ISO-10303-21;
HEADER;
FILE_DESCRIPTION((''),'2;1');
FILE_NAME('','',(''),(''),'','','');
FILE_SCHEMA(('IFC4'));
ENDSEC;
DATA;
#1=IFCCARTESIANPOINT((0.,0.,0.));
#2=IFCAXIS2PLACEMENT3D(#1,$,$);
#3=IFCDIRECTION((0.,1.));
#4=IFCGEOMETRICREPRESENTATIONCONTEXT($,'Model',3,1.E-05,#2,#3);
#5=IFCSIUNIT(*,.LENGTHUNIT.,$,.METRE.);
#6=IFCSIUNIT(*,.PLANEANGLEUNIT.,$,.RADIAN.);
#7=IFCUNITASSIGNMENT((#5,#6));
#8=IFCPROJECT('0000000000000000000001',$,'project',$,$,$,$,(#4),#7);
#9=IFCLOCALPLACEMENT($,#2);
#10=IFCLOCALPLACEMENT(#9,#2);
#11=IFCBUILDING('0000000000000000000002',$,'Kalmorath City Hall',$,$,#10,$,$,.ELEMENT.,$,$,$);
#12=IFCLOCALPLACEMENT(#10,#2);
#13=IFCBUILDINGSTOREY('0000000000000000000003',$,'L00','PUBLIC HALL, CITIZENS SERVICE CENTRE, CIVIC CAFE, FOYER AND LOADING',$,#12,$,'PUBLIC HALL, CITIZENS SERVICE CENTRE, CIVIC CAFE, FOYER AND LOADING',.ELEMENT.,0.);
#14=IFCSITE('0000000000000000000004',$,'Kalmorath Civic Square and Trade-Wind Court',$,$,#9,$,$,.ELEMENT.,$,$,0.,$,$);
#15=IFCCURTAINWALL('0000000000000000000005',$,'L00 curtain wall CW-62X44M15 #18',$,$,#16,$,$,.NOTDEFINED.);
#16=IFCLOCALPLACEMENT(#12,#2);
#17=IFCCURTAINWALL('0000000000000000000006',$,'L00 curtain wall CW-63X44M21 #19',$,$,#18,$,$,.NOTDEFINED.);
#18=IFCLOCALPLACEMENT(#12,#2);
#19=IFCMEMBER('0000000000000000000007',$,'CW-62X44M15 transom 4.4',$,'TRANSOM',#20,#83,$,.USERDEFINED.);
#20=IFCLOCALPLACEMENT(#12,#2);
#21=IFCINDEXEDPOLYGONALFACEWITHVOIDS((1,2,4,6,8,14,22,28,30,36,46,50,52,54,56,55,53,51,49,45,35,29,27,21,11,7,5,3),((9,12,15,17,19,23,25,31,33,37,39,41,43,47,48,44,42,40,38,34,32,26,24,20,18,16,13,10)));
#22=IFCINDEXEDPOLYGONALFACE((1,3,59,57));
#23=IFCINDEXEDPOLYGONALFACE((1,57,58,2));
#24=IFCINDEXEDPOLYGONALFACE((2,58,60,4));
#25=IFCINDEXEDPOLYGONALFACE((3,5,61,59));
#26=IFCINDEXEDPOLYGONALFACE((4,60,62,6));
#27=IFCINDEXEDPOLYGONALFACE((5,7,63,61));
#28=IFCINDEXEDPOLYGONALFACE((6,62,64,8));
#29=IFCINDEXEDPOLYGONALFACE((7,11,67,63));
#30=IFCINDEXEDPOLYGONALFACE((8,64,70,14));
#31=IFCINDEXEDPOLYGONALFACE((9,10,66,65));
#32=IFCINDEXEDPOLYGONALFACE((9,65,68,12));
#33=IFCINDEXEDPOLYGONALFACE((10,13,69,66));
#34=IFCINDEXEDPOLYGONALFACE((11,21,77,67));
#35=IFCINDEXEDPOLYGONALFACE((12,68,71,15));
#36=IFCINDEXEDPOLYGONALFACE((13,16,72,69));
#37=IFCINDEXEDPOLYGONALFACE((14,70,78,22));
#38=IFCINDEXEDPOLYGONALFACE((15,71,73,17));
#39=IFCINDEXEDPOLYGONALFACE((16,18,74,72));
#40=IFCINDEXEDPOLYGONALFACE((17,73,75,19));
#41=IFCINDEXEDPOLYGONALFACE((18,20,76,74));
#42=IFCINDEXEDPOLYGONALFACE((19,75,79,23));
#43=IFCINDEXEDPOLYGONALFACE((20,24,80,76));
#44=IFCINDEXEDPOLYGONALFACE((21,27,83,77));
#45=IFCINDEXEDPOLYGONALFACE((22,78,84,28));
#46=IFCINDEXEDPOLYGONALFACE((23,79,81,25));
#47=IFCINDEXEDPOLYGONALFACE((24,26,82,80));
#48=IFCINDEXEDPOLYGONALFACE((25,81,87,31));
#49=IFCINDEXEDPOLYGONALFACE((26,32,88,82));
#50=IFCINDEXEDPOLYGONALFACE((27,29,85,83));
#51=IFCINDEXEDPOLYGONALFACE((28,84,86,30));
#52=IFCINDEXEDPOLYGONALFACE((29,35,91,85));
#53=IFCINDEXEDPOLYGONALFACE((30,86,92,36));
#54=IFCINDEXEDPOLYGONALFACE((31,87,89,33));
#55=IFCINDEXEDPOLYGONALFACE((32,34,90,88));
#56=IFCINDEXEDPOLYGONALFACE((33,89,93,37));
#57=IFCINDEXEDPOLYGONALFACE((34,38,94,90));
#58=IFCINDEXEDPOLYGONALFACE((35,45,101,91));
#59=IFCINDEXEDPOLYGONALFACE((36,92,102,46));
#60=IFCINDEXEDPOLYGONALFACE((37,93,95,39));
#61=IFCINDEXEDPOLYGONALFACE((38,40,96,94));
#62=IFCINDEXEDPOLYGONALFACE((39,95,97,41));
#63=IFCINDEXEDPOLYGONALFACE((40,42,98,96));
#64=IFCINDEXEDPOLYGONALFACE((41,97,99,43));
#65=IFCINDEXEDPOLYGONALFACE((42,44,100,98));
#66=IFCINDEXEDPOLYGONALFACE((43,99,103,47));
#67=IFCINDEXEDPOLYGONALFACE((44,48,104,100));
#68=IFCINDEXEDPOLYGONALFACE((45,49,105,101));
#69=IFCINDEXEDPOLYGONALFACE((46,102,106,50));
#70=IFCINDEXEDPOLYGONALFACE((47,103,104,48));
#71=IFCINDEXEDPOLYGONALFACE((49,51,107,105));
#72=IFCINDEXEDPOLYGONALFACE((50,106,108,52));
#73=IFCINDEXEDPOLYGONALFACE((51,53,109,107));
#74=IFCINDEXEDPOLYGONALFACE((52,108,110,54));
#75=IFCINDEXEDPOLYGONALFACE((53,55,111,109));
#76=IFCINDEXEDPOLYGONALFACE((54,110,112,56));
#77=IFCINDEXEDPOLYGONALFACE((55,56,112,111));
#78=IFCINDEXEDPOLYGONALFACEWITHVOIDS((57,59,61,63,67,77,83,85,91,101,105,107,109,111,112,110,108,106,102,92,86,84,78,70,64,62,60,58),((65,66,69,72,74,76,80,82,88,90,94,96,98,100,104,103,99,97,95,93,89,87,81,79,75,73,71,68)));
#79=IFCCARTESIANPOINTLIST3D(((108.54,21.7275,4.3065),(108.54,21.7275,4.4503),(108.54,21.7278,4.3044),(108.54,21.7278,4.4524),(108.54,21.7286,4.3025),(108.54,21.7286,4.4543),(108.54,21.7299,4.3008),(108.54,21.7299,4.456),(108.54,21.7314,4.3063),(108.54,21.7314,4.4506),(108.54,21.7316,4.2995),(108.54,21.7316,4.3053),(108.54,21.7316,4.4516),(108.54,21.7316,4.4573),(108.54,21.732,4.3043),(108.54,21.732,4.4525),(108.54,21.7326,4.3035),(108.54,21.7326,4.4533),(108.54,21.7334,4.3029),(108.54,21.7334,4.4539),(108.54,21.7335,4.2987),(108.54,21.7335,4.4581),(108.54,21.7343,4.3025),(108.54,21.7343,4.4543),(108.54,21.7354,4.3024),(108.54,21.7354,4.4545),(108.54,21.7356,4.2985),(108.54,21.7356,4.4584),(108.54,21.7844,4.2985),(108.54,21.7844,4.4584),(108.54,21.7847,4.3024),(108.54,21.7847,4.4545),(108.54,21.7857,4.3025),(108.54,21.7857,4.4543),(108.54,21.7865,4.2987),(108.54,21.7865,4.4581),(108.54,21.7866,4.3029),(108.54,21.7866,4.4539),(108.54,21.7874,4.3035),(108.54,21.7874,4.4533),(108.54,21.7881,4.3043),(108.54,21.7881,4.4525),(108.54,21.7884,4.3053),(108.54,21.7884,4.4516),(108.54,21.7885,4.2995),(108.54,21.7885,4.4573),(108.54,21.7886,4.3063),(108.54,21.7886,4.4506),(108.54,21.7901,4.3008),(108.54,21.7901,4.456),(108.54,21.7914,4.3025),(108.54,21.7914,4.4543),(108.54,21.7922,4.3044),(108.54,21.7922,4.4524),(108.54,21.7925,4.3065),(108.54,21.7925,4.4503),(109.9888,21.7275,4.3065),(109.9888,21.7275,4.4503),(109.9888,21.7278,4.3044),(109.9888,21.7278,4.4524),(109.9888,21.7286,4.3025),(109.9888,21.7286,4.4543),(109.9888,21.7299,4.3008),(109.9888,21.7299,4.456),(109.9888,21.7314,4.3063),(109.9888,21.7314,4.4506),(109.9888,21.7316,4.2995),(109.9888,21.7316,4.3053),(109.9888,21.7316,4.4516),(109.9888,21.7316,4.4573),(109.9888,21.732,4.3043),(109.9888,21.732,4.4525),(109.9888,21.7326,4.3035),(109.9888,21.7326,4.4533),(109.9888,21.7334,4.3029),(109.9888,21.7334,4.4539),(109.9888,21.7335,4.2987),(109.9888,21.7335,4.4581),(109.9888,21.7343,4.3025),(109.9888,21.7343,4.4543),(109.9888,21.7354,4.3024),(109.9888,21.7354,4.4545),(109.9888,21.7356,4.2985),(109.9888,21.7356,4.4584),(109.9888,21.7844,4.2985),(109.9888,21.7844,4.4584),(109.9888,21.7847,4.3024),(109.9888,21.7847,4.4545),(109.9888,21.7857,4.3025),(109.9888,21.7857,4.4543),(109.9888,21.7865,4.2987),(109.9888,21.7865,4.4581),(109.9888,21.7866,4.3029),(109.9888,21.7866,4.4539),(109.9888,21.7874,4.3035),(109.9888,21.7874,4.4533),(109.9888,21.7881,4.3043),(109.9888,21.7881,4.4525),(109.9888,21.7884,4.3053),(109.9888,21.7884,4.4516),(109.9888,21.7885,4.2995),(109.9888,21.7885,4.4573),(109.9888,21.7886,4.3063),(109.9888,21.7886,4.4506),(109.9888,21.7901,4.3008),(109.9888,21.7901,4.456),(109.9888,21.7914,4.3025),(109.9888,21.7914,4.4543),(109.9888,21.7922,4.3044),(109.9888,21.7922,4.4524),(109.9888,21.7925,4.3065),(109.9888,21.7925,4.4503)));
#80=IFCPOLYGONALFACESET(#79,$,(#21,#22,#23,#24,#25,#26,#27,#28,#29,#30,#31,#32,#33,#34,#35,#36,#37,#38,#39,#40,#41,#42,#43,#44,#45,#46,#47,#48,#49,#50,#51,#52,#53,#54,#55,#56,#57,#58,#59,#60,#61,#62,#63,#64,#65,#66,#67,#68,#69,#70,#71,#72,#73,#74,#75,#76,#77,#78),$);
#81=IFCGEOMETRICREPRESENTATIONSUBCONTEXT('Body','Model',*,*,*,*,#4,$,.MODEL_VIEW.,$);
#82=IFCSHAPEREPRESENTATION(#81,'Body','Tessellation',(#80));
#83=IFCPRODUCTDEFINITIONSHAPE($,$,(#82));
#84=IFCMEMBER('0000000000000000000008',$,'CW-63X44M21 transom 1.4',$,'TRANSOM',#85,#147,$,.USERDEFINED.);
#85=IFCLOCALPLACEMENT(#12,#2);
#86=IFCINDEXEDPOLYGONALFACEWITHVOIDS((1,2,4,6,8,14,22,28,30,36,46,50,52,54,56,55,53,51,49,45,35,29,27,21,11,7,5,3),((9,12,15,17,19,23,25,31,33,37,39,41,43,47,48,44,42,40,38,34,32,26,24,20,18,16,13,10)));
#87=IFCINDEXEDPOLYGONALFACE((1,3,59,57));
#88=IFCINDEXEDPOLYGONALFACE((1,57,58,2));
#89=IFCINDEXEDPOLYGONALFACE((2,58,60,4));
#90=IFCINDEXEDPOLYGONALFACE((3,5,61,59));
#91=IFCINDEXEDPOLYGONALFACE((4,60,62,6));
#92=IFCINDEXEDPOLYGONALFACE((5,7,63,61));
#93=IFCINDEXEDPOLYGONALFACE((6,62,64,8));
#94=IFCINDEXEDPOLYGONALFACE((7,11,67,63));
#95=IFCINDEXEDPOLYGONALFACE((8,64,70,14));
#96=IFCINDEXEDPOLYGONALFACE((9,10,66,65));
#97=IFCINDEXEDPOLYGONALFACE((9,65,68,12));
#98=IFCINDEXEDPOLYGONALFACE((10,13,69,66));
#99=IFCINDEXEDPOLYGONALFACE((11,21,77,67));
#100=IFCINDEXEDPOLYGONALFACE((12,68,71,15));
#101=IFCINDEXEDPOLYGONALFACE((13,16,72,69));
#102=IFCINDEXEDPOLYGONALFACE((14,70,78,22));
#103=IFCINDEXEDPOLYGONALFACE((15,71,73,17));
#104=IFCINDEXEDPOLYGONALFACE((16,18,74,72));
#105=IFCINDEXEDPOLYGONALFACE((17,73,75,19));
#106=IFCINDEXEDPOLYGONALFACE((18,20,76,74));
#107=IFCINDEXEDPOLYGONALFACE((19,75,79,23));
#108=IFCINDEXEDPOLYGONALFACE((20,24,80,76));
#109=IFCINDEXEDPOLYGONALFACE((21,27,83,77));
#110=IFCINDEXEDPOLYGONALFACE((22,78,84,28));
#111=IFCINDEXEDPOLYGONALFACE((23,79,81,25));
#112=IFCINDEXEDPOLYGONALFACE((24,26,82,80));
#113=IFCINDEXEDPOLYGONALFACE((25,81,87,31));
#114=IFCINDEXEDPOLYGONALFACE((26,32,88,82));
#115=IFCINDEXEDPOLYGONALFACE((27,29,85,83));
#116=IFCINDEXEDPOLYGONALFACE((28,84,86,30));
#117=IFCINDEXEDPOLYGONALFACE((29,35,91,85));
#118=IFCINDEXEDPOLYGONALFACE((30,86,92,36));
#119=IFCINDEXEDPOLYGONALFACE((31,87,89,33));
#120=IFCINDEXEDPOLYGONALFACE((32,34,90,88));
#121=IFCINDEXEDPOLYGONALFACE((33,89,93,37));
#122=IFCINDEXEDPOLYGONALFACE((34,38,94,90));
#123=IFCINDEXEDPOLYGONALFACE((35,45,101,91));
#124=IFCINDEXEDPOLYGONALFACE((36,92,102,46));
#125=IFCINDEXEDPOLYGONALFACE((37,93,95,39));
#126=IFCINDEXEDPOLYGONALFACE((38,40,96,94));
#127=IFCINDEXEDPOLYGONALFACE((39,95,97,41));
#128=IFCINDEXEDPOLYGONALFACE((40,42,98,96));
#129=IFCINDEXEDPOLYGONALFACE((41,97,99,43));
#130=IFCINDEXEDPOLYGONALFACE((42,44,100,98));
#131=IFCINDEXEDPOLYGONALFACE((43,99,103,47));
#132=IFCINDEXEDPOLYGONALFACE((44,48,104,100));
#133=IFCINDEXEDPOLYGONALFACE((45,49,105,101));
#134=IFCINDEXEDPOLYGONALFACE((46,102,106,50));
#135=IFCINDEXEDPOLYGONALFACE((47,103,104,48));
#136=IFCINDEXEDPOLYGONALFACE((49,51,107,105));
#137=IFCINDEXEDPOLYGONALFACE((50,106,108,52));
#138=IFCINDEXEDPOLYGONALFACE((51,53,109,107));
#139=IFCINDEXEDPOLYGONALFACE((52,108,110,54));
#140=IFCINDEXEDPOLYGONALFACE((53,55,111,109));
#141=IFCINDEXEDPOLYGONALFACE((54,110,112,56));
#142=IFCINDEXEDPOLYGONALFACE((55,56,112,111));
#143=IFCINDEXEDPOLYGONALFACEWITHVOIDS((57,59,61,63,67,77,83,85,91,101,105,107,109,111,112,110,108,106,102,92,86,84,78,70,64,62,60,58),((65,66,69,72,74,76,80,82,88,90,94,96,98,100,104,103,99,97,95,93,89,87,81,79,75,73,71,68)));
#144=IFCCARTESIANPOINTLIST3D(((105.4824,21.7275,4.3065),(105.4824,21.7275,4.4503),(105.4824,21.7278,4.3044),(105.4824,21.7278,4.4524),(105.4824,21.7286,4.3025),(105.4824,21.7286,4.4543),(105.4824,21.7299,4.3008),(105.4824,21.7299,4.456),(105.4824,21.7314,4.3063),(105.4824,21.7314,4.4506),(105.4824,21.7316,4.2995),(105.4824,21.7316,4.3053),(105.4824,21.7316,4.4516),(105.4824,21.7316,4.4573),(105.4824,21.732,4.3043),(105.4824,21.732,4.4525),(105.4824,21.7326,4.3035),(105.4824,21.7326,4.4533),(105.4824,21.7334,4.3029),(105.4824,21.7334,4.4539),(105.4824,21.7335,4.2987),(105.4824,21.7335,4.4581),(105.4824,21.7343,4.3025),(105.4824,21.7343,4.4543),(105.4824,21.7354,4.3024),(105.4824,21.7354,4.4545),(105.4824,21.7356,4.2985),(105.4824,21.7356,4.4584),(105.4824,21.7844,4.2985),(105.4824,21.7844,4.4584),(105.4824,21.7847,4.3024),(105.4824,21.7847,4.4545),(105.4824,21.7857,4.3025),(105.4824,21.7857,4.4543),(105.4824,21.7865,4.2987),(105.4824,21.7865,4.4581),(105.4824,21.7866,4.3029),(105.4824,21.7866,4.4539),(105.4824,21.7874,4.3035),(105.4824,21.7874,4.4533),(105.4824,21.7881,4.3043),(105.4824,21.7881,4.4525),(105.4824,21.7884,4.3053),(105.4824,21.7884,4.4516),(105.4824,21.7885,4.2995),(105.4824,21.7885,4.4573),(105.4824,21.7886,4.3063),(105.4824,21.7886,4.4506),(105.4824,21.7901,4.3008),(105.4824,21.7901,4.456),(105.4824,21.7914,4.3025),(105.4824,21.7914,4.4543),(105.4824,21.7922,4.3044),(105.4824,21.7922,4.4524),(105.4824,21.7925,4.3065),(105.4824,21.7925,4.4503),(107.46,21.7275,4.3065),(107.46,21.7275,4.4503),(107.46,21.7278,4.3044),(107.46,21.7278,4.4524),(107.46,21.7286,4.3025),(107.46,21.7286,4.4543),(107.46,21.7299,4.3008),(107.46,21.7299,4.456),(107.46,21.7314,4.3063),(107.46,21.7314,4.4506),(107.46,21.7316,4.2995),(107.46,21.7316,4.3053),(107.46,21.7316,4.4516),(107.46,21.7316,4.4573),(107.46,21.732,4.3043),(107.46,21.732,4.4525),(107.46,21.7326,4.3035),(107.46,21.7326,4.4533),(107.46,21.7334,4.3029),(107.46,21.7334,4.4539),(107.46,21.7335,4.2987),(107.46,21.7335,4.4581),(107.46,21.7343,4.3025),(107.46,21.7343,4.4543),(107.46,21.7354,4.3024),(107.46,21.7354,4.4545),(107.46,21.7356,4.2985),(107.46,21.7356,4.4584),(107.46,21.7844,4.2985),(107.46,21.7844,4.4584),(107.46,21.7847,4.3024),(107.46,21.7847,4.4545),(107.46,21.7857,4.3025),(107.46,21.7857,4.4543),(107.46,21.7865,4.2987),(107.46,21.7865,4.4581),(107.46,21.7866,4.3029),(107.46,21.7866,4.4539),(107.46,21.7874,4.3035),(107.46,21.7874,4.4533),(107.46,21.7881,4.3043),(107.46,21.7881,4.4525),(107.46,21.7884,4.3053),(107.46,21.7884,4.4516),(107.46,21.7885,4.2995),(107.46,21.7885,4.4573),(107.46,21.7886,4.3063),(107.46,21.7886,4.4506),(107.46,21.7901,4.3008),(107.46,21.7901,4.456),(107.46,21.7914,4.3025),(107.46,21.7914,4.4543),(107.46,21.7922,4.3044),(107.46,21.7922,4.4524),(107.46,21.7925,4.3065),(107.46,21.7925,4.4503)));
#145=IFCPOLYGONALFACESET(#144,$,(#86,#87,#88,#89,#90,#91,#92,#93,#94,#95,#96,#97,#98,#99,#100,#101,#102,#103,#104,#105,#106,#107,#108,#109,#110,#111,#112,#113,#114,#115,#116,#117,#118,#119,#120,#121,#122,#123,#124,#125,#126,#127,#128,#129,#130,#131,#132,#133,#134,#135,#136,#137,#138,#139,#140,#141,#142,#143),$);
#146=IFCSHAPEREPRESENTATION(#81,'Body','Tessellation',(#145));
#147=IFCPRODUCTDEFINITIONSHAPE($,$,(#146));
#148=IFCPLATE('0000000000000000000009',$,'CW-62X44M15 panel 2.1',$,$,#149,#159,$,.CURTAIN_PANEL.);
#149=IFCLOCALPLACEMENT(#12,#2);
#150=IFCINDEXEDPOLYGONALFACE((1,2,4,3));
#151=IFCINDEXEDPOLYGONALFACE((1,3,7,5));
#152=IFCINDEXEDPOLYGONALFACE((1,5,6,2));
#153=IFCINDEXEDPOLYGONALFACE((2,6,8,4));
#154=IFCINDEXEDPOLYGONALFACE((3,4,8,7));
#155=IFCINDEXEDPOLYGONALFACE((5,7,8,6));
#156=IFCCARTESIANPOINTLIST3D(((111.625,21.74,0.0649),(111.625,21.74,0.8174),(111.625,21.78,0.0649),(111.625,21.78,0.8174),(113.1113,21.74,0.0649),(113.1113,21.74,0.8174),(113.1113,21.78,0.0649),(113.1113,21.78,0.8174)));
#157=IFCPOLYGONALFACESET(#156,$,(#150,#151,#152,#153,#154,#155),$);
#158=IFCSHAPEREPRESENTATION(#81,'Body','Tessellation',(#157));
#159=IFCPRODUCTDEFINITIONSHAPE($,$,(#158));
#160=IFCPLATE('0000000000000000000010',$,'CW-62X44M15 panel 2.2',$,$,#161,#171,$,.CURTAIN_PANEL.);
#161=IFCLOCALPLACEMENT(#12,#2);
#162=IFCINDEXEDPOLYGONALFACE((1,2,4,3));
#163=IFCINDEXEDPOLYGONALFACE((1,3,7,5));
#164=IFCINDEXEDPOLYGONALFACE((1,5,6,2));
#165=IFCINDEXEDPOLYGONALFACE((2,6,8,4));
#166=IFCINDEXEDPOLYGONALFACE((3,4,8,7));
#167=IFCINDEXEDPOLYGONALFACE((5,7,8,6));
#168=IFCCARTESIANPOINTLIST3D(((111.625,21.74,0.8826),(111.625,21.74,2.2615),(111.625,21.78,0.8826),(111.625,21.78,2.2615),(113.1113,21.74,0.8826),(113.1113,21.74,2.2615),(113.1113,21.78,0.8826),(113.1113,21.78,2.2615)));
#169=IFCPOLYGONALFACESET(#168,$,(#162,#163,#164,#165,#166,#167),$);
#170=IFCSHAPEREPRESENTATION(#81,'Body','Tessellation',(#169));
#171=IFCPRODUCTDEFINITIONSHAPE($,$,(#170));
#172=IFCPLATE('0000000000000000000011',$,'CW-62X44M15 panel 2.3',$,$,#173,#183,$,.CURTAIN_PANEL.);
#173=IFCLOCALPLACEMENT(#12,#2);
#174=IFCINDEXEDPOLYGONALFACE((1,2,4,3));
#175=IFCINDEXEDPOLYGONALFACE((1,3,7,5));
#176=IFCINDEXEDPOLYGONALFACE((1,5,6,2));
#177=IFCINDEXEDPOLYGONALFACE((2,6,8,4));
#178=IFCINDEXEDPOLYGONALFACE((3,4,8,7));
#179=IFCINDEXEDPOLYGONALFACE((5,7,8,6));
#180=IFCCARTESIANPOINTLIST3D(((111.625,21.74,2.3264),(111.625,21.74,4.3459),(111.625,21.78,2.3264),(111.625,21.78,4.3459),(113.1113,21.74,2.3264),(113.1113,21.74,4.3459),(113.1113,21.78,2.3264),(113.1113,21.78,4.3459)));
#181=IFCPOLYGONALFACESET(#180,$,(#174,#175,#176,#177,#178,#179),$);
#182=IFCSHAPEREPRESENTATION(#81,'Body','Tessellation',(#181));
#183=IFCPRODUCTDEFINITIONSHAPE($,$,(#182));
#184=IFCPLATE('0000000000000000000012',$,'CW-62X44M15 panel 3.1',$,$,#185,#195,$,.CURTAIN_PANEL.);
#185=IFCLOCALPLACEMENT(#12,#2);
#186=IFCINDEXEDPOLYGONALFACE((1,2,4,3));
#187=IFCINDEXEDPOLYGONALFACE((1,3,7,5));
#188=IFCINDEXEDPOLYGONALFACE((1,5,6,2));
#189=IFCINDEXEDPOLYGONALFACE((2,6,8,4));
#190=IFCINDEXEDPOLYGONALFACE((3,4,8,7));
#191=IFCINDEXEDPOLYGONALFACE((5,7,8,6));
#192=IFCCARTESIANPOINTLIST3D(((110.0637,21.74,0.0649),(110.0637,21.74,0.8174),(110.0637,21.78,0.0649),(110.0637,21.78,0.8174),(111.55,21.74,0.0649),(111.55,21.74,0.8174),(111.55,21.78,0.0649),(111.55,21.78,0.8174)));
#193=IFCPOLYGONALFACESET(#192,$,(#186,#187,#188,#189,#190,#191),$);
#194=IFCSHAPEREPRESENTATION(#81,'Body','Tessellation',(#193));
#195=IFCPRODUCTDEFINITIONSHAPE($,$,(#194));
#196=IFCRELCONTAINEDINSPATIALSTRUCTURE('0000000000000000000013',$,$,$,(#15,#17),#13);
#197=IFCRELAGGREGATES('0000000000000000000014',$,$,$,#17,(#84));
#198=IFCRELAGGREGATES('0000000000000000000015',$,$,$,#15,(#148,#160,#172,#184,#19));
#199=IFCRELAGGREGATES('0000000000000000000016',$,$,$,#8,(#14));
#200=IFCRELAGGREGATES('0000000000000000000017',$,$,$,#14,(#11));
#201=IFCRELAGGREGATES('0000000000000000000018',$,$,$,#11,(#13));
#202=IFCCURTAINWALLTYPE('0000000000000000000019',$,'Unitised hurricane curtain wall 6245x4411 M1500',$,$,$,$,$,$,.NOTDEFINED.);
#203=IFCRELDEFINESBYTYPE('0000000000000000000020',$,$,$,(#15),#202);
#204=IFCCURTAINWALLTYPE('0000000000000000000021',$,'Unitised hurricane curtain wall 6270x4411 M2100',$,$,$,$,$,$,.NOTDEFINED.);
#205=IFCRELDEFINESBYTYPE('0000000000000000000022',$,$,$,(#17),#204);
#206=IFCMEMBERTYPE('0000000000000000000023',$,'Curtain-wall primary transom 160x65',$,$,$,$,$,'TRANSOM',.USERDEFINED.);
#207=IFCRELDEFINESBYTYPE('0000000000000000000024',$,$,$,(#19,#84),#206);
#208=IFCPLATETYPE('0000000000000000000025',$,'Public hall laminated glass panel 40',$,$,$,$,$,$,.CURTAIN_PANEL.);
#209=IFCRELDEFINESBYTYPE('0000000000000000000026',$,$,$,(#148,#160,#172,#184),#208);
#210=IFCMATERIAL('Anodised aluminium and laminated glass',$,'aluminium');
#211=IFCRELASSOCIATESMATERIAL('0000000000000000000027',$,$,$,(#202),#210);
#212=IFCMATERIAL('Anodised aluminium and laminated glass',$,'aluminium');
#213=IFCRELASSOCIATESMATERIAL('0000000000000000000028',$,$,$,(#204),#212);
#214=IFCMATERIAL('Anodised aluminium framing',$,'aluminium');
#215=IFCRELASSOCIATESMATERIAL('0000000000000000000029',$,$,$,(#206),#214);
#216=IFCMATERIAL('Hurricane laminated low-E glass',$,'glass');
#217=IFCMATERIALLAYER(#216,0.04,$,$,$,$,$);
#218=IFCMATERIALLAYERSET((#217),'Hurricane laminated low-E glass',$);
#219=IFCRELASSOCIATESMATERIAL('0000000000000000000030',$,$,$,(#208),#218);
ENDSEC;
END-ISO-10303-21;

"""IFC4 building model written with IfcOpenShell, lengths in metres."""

from ifc_helpers import new_model, si_unit, direction, frame, origin, origin_2d, place, context, subcontext, project, spatial, rectangle, hollow_rectangle, extrude, material, layer, layer_set, material_profile, profile_set, type_object, element, aggregate, save


model = new_model("IFC4")

# Units and contexts
model_context = context("Model", 3, precision=1e-05, world=origin(), true_north=direction((0.0, 1.0)))
body_context = subcontext(model_context, "Body", "Model", "MODEL_VIEW")
ifc_project = project(units=[si_unit("LENGTHUNIT", "METRE"), si_unit("PLANEANGLEUNIT", "RADIAN")], contexts=[model_context])

# Site, building, storey
site_placement = place(None, origin())
site = spatial("IfcSite", under=ifc_project, at=site_placement, Name="Kalmorath Civic Square and Trade-Wind Court", CompositionType="ELEMENT", RefElevation=0.0)
building_placement = place(site_placement, origin())
building = spatial("IfcBuilding", under=site, at=building_placement, Name="Kalmorath City Hall", CompositionType="ELEMENT")
storey_placement = place(building_placement, origin())
storey = spatial("IfcBuildingStorey", under=building, at=storey_placement, Name="L00", Description="PUBLIC HALL, CITIZENS SERVICE CENTRE, CIVIC CAFE, FOYER AND LOADING", LongName="PUBLIC HALL, CITIZENS SERVICE CENTRE, CIVIC CAFE, FOYER AND LOADING", CompositionType="ELEMENT", Elevation=0.0)

# Curtain wall
ifc_material_1 = material(Name="Anodised aluminium and laminated glass", Category="aluminium")
curtain_wall_type_1 = type_object("IfcCurtainWallType", Name="Unitised hurricane curtain wall 6245x4411 M1500", PredefinedType="NOTDEFINED", material=ifc_material_1)
curtain_wall_1_placement = place(storey_placement, origin())
curtain_wall_1 = element("IfcCurtainWall", 1, at=curtain_wall_1_placement, inside=storey, type_object=curtain_wall_type_1, Name="L00 curtain wall CW-62X44M15 #18", PredefinedType="NOTDEFINED")

# Curtain wall
ifc_material_2 = material(Name="Anodised aluminium and laminated glass", Category="aluminium")
curtain_wall_type_2 = type_object("IfcCurtainWallType", Name="Unitised hurricane curtain wall 6270x4411 M2100", PredefinedType="NOTDEFINED", material=ifc_material_2)
curtain_wall_2_placement = place(storey_placement, origin())
curtain_wall_2 = element("IfcCurtainWall", 2, at=curtain_wall_2_placement, inside=storey, type_object=curtain_wall_type_2, Name="L00 curtain wall CW-63X44M21 #19", PredefinedType="NOTDEFINED")

# Members
ifc_material_3 = material(Name="Anodised aluminium framing", Category="aluminium")
ifc_material_profile_1 = material_profile(ifc_material_3, hollow_rectangle(XDim=0.0649, YDim=0.1599, WallThickness=0.0039, InnerFilletRadius=0.0039, OuterFilletRadius=0.0081, at=origin_2d()), Name="ALU-TRN-160X65X4")
ifc_profile_set_1 = profile_set([ifc_material_profile_1], Name="Anodised aluminium framing")
member_type_1 = type_object("IfcMemberType", Name="Curtain-wall primary transom 160x65", ElementType="TRANSOM", PredefinedType="USERDEFINED", material=ifc_profile_set_1)
member_1_placement = place(storey_placement, frame((109.9888, 21.76, 4.3784), z_axis=(-1.0, 0.0, 0.0), x_axis=(0.0, -1.0, 0.0)))
member_1 = element("IfcMember", 3, at=member_1_placement, type_object=member_type_1, Name="CW-62X44M15 transom 4.4", ObjectType="TRANSOM", PredefinedType="USERDEFINED", context=body_context, shape_type="SweptSolid", body=[
    extrude(hollow_rectangle(XDim=0.0649, YDim=0.1599, WallThickness=0.0039, InnerFilletRadius=0.0039, OuterFilletRadius=0.0081, at=origin_2d()), origin(), (0.0, 0.0, 1.0), 1.4487),
])
member_2_placement = place(storey_placement, frame((107.46, 21.76, 4.3784), z_axis=(-1.0, 0.0, 0.0), x_axis=(0.0, -1.0, 0.0)))
member_2 = element("IfcMember", 4, at=member_2_placement, type_object=member_type_1, Name="CW-63X44M21 transom 1.4", ObjectType="TRANSOM", PredefinedType="USERDEFINED", context=body_context, shape_type="SweptSolid", body=[
    extrude(hollow_rectangle(XDim=0.0649, YDim=0.1599, WallThickness=0.0039, InnerFilletRadius=0.0039, OuterFilletRadius=0.0081, at=origin_2d()), origin(), (0.0, 0.0, 1.0), 1.9775),
])
aggregate(curtain_wall_2, [member_2])

# Plates
ifc_material_4 = material(Name="Hurricane laminated low-E glass", Category="glass")
ifc_layer = layer(ifc_material_4, 0.04)
ifc_layer_set = layer_set([ifc_layer], Name="Hurricane laminated low-E glass")
plate_type = type_object("IfcPlateType", Name="Public hall laminated glass panel 40", PredefinedType="CURTAIN_PANEL", material=ifc_layer_set)
plate_1_placement = place(storey_placement, frame((112.3682, 21.76, 0.0649), z_axis=(0.0, 0.0, 1.0), x_axis=(-1.0, 0.0, 0.0)))
plate_1 = element("IfcPlate", 5, at=plate_1_placement, type_object=plate_type, Name="CW-62X44M15 panel 2.1", PredefinedType="CURTAIN_PANEL", context=body_context, shape_type="SweptSolid", body=[
    extrude(rectangle(XDim=1.4863, YDim=0.04, at=origin_2d()), origin(), (0.0, 0.0, 1.0), 0.7524),
])
plate_2_placement = place(storey_placement, frame((112.3682, 21.76, 0.8826), z_axis=(0.0, 0.0, 1.0), x_axis=(-1.0, 0.0, 0.0)))
plate_2 = element("IfcPlate", 6, at=plate_2_placement, type_object=plate_type, Name="CW-62X44M15 panel 2.2", PredefinedType="CURTAIN_PANEL", context=body_context, shape_type="SweptSolid", body=[
    extrude(rectangle(XDim=1.4863, YDim=0.04, at=origin_2d()), origin(), (0.0, 0.0, 1.0), 1.3789),
])
plate_3_placement = place(storey_placement, frame((112.3682, 21.76, 2.3264), z_axis=(0.0, 0.0, 1.0), x_axis=(-1.0, 0.0, 0.0)))
plate_3 = element("IfcPlate", 7, at=plate_3_placement, type_object=plate_type, Name="CW-62X44M15 panel 2.3", PredefinedType="CURTAIN_PANEL", context=body_context, shape_type="SweptSolid", body=[
    extrude(rectangle(XDim=1.4863, YDim=0.04, at=origin_2d()), origin(), (0.0, 0.0, 1.0), 2.0195),
])
plate_4_placement = place(storey_placement, frame((110.8069, 21.76, 0.0649), z_axis=(0.0, 0.0, 1.0), x_axis=(-1.0, 0.0, 0.0)))
plate_4 = element("IfcPlate", 8, at=plate_4_placement, type_object=plate_type, Name="CW-62X44M15 panel 3.1", PredefinedType="CURTAIN_PANEL", context=body_context, shape_type="SweptSolid", body=[
    extrude(rectangle(XDim=1.4863, YDim=0.04, at=origin_2d()), origin(), (0.0, 0.0, 1.0), 0.7524),
])
aggregate(curtain_wall_1, [plate_1, plate_2, plate_3, plate_4, member_1])

save(model, "model.ifc")
